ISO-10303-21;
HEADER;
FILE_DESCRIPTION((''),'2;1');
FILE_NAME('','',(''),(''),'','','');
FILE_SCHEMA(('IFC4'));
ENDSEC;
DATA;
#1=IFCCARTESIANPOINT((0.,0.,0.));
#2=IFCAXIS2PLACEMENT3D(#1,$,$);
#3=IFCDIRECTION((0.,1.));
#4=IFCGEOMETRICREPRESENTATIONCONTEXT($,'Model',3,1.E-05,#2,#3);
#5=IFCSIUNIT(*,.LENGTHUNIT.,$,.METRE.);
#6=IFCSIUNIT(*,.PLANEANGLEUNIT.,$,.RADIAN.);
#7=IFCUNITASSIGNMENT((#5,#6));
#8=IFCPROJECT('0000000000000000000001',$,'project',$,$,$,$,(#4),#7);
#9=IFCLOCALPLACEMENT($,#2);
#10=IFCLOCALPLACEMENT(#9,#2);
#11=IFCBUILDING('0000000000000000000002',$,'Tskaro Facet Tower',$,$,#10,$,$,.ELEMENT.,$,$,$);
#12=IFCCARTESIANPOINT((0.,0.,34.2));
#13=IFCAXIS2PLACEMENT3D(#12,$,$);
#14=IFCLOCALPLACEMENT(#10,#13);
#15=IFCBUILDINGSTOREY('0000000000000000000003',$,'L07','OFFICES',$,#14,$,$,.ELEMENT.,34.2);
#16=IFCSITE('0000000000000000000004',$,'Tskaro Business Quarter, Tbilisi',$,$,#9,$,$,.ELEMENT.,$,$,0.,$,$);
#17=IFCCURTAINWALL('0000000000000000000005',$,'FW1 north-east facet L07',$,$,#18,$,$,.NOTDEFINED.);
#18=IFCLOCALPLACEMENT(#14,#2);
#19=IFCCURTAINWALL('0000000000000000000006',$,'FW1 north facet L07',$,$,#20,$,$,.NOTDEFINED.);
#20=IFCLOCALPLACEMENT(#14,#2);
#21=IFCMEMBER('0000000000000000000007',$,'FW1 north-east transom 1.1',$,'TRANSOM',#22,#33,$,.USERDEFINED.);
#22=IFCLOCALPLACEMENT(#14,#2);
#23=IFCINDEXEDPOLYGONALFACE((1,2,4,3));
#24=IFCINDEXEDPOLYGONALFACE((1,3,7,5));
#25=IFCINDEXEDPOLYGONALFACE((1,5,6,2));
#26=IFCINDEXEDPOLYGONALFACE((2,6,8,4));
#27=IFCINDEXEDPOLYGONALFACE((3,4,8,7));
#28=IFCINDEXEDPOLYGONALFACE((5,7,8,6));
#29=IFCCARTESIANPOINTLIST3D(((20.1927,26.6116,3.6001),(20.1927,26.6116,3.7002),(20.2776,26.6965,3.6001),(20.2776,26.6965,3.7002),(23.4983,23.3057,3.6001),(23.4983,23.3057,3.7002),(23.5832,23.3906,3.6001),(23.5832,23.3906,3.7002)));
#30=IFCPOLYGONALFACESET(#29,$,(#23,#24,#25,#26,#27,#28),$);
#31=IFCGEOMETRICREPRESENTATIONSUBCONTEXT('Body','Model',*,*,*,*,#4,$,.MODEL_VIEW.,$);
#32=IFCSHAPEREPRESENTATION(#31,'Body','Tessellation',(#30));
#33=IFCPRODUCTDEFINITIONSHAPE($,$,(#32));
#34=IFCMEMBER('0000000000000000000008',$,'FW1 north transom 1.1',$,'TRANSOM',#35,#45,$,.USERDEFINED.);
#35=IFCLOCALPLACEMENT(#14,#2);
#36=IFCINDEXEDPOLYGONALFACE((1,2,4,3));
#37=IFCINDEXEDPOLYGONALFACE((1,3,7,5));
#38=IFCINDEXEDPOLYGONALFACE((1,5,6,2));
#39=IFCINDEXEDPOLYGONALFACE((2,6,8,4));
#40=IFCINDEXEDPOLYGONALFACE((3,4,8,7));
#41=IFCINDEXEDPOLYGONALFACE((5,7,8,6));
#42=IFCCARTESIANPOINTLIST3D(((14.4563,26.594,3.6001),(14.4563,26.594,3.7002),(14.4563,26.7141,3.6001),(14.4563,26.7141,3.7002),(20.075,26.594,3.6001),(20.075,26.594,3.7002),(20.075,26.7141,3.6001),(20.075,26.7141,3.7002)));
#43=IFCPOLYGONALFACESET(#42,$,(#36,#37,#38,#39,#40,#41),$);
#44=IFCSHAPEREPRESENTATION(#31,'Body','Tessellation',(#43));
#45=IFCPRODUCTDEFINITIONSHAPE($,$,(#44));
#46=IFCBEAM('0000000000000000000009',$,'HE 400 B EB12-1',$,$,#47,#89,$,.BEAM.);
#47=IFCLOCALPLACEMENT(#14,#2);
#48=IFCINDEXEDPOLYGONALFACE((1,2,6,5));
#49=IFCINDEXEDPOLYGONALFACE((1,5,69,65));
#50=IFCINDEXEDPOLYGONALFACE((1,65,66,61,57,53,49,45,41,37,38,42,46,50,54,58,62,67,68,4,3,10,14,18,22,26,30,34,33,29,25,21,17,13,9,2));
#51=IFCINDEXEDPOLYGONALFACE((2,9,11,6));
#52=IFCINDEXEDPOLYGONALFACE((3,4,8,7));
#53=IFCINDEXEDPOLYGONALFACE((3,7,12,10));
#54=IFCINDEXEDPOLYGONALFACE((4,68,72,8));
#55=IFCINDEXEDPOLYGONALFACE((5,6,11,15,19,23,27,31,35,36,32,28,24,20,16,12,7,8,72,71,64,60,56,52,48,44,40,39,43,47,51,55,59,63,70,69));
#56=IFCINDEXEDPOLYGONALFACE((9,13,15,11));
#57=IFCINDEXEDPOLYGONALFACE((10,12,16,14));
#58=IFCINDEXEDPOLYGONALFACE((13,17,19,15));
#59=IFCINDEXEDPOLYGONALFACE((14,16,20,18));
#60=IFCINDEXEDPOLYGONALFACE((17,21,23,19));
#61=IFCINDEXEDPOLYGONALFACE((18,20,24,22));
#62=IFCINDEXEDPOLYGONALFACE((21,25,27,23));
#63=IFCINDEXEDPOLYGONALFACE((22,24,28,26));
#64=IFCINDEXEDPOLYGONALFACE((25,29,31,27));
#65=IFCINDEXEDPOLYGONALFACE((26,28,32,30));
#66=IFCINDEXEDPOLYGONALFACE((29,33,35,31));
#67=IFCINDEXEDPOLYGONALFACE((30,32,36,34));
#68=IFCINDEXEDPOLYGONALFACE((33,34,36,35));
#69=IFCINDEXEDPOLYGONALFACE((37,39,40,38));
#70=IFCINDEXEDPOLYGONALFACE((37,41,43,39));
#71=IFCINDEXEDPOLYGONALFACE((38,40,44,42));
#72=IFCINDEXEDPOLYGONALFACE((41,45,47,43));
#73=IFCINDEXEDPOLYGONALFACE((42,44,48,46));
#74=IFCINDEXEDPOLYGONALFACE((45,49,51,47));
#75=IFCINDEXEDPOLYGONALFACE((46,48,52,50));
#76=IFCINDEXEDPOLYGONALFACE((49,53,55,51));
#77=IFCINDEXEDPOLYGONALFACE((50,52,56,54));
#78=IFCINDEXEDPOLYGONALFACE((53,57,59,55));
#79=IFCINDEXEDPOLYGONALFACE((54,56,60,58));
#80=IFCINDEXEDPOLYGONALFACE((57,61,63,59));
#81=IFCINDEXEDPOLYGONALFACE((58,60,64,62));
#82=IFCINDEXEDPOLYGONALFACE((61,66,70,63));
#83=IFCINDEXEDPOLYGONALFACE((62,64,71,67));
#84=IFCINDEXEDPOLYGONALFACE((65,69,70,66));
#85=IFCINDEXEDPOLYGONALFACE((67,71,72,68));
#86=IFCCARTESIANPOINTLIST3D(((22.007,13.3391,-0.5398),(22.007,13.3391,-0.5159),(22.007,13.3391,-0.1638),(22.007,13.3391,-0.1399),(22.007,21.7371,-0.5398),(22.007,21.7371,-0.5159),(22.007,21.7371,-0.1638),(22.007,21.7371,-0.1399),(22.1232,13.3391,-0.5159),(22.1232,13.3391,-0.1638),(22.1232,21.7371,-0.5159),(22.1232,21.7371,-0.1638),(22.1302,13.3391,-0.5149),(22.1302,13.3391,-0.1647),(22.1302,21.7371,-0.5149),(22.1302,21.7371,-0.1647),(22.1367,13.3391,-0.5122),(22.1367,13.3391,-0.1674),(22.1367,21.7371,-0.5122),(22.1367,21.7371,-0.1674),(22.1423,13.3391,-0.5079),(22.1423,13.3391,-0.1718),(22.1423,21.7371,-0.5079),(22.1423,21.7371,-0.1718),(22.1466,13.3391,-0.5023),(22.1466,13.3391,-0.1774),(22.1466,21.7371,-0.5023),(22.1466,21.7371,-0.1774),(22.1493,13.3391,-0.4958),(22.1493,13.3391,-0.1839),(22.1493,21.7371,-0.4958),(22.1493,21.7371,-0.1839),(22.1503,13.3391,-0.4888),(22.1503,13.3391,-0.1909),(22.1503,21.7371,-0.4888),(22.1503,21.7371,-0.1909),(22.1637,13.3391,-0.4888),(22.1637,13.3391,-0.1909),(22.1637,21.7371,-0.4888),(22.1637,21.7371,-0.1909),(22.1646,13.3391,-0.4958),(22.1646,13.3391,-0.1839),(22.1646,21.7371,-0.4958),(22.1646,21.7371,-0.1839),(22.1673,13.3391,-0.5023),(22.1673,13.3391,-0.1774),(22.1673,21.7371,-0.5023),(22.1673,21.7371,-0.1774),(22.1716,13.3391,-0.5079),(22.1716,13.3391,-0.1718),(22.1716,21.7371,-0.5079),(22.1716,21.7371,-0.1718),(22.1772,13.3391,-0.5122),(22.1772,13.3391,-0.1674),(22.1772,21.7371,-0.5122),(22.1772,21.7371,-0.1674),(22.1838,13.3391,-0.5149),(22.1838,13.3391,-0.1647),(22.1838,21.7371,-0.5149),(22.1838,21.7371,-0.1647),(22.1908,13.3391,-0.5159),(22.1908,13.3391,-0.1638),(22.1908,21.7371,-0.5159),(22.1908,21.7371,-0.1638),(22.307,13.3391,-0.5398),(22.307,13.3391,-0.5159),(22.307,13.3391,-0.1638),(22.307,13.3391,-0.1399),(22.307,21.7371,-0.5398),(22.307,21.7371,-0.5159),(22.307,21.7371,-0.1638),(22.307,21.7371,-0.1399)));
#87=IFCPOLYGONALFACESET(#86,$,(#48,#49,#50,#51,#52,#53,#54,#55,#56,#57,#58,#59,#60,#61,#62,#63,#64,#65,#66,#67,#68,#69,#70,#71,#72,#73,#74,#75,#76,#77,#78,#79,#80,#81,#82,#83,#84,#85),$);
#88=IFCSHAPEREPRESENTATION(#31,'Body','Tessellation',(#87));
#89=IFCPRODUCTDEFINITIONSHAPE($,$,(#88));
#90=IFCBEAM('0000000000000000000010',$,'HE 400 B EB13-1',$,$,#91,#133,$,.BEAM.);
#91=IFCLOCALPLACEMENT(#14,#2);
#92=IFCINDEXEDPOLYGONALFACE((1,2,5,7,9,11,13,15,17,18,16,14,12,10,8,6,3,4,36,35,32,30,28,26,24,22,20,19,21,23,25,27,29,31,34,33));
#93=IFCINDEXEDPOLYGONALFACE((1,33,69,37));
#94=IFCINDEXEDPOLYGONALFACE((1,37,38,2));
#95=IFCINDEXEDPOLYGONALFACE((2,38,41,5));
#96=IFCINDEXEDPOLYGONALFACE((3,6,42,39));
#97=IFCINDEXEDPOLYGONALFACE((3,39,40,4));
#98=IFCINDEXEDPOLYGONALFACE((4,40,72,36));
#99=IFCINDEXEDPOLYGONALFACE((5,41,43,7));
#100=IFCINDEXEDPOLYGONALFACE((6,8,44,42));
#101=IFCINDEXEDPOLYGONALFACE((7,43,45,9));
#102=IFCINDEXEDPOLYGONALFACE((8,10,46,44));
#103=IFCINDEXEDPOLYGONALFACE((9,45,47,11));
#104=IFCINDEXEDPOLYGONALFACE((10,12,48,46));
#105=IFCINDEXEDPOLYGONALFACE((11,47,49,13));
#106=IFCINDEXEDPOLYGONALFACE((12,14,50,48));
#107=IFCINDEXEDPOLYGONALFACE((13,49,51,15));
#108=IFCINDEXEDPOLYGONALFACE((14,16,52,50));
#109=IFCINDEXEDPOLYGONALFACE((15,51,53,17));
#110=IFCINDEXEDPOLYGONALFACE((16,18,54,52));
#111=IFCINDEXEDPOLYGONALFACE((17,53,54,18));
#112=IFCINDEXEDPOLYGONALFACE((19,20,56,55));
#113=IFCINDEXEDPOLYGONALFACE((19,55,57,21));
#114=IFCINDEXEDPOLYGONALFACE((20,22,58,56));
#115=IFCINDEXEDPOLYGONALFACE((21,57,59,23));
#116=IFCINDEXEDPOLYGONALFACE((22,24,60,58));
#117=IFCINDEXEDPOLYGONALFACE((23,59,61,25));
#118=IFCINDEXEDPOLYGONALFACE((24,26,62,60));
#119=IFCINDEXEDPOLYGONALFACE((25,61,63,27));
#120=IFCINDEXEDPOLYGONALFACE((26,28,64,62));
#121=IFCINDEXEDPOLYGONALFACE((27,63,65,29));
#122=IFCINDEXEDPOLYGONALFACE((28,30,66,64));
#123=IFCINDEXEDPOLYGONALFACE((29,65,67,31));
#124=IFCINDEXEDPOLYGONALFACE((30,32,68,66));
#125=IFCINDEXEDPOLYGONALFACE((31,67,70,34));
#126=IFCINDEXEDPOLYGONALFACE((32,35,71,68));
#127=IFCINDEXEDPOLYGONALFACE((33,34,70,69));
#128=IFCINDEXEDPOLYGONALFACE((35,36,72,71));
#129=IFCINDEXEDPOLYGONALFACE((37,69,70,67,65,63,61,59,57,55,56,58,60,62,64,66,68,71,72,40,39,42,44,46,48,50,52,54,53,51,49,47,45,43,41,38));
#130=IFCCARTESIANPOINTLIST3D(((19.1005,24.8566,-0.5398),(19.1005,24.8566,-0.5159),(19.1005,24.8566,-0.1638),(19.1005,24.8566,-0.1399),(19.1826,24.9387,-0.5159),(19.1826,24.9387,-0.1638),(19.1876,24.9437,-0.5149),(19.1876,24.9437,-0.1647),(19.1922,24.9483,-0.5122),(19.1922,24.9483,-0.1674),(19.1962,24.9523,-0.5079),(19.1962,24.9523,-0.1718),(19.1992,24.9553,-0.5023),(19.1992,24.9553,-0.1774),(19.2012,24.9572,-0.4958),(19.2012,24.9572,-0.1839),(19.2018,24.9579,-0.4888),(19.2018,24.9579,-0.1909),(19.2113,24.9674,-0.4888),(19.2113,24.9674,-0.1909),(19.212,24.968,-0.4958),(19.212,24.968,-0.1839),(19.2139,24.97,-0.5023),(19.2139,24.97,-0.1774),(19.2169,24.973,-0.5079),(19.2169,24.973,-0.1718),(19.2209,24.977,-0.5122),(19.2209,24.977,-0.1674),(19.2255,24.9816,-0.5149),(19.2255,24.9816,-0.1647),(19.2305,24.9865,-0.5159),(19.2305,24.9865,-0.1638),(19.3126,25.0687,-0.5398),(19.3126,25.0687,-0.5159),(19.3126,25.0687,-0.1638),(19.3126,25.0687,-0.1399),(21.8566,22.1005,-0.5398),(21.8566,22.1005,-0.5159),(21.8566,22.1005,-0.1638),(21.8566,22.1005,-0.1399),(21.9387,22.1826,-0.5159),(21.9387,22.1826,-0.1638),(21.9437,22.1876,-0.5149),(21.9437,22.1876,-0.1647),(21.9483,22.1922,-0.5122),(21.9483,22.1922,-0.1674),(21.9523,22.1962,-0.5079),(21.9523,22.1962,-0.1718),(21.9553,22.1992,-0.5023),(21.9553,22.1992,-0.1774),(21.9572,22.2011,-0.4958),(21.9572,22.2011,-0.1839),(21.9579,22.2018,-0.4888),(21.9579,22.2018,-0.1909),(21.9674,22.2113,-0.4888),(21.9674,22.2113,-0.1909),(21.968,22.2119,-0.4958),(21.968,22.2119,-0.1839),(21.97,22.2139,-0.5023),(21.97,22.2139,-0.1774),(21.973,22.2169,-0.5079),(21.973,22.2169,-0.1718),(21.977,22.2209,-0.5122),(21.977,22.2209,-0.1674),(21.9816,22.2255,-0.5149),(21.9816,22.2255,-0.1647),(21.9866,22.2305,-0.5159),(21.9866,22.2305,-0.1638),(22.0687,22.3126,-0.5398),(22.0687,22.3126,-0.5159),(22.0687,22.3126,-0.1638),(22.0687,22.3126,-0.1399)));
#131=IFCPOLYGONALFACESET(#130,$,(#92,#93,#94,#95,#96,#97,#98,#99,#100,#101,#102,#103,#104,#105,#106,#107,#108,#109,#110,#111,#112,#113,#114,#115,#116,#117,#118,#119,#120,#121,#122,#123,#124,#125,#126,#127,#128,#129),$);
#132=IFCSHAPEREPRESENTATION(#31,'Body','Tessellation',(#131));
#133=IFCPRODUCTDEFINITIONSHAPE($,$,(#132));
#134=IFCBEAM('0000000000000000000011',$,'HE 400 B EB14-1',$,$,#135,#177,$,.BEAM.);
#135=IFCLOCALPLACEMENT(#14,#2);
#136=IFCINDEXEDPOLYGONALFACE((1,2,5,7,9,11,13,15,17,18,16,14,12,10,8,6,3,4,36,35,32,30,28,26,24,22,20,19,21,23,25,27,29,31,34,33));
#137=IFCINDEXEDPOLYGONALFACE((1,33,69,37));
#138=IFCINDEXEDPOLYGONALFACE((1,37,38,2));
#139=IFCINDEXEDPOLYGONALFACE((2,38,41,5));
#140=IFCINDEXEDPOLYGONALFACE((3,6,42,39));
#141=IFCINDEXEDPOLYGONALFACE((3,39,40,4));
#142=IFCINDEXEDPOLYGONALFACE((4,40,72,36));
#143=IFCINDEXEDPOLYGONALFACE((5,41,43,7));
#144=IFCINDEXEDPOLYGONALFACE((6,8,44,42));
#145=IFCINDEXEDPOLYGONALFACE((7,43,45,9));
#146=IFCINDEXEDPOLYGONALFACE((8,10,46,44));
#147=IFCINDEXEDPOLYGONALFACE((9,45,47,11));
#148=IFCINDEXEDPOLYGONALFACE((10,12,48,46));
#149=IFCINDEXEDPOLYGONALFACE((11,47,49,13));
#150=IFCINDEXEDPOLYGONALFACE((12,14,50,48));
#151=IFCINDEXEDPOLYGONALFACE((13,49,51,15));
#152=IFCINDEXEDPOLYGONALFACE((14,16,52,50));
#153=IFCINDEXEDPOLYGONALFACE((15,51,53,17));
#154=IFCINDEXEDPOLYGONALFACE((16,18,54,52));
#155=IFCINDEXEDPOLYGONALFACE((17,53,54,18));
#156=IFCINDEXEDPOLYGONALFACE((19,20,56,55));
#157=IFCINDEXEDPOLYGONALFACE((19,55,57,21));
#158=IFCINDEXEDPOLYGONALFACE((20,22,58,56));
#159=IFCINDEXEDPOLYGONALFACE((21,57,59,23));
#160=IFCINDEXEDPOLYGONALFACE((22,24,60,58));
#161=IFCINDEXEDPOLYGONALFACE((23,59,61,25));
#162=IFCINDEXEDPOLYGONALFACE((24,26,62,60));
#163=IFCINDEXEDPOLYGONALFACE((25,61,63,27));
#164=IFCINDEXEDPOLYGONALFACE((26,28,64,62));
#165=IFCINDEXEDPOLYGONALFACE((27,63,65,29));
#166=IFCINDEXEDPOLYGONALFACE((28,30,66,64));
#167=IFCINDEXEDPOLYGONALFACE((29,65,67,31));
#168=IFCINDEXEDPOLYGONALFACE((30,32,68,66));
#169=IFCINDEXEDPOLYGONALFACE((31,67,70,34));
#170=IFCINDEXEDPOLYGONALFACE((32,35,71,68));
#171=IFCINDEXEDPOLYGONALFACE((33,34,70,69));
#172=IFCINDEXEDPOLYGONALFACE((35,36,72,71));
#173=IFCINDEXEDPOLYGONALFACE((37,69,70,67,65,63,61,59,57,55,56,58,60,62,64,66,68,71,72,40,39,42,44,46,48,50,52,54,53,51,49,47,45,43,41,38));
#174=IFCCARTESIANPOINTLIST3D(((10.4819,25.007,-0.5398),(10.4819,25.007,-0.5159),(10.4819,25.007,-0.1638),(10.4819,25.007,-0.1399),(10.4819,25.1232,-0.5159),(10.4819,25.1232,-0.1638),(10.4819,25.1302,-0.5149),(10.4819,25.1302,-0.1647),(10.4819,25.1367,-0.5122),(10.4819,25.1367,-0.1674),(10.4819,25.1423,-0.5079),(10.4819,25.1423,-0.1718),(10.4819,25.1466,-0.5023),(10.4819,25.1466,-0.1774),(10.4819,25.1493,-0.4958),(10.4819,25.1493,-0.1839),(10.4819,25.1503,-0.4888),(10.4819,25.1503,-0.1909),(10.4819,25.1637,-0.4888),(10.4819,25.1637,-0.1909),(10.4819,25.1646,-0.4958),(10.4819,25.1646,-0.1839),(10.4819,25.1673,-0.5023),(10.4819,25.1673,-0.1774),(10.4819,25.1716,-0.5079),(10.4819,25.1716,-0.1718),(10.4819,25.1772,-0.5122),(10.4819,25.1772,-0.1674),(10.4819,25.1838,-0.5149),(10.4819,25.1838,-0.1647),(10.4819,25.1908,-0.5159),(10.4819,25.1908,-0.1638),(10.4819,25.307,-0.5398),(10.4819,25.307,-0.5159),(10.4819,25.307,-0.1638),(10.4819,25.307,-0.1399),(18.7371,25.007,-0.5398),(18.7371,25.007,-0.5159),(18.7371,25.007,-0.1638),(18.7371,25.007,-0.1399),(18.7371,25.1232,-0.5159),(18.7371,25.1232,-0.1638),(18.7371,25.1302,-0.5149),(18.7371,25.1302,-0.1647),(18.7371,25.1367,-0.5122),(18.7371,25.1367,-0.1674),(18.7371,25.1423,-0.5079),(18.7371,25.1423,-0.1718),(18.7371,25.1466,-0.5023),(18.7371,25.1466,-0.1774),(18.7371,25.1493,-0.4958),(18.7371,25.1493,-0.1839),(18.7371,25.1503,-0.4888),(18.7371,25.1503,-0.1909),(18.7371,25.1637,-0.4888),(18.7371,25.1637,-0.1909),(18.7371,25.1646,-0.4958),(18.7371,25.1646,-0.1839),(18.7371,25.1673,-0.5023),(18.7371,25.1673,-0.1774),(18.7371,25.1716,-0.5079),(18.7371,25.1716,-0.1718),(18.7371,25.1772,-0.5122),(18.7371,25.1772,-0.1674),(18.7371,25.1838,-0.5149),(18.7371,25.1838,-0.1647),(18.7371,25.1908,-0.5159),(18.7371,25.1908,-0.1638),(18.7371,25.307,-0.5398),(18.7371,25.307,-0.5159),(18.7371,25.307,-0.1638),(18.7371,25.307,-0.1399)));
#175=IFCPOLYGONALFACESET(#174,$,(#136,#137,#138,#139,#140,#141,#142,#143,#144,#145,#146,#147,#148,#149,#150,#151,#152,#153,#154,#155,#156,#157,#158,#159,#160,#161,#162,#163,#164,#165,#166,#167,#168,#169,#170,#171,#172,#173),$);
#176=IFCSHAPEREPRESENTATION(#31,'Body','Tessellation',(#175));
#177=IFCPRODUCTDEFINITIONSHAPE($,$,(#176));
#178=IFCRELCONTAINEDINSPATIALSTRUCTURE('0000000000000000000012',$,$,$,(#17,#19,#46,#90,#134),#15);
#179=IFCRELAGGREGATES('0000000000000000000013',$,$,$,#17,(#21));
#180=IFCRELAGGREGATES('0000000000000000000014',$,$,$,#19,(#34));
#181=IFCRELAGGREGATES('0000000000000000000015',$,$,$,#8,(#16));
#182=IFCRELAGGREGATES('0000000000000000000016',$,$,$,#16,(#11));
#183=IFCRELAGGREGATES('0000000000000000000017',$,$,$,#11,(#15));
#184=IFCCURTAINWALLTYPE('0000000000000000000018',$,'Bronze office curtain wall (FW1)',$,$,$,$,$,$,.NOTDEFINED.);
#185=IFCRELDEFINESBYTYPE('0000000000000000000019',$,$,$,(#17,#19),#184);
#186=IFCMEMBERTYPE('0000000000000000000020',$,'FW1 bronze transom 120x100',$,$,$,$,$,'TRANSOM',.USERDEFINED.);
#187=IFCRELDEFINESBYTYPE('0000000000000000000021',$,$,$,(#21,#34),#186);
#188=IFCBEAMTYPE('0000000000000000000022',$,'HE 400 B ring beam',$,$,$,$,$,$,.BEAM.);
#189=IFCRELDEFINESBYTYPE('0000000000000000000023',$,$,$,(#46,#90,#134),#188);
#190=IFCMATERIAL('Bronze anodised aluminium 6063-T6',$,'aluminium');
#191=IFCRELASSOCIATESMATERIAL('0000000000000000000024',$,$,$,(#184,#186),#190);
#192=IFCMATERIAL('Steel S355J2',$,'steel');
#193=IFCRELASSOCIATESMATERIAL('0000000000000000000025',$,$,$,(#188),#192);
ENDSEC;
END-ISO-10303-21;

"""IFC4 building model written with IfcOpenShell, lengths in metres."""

from ifc_helpers import new_model, si_unit, direction, frame, origin, origin_2d, place, context, subcontext, project, spatial, rectangle, i_section, extrude, material, material_profile, profile_set, type_object, element, aggregate, save


model = new_model("IFC4")

# Units and contexts
model_context = context("Model", 3, precision=1e-05, world=origin(), true_north=direction((0.0, 1.0)))
body_context = subcontext(model_context, "Body", "Model", "MODEL_VIEW")
ifc_project = project(units=[si_unit("LENGTHUNIT", "METRE"), si_unit("PLANEANGLEUNIT", "RADIAN")], contexts=[model_context])

# Site, building, storey
site_placement = place(None, origin())
site = spatial("IfcSite", under=ifc_project, at=site_placement, Name="Tskaro Business Quarter, Tbilisi", CompositionType="ELEMENT", RefElevation=0.0)
building_placement = place(site_placement, origin())
building = spatial("IfcBuilding", under=site, at=building_placement, Name="Tskaro Facet Tower", CompositionType="ELEMENT")
storey_placement = place(building_placement, frame((0.0, 0.0, 34.2)))
storey = spatial("IfcBuildingStorey", under=building, at=storey_placement, Name="L07", Description="OFFICES", CompositionType="ELEMENT", Elevation=34.2)

# Curtain walls
ifc_material_1 = material(Name="Bronze anodised aluminium 6063-T6", Category="aluminium")
curtain_wall_type = type_object("IfcCurtainWallType", Name="Bronze office curtain wall (FW1)", PredefinedType="NOTDEFINED", material=ifc_material_1)
curtain_wall_1_placement = place(storey_placement, origin())
curtain_wall_1 = element("IfcCurtainWall", 1, at=curtain_wall_1_placement, inside=storey, type_object=curtain_wall_type, Name="FW1 north-east facet L07", PredefinedType="NOTDEFINED")
curtain_wall_2_placement = place(storey_placement, origin())
curtain_wall_2 = element("IfcCurtainWall", 2, at=curtain_wall_2_placement, inside=storey, type_object=curtain_wall_type, Name="FW1 north facet L07", PredefinedType="NOTDEFINED")

# Shared definitions
ifc_material_profile_1 = material_profile(ifc_material_1, rectangle(XDim=0.1201, YDim=0.1001, at=origin_2d()), Name="Transom 120x100")
ifc_profile_set_1 = profile_set([ifc_material_profile_1], Name="Bronze anodised aluminium 6063-T6")
member_type_1 = type_object("IfcMemberType", Name="FW1 bronze transom 120x100", ElementType="TRANSOM", PredefinedType="USERDEFINED", material=ifc_profile_set_1)

# Members
member_1_placement = place(storey_placement, frame((23.5408, 23.3481, 3.6501), z_axis=(-0.707081, 0.707133, 0.0), x_axis=(-0.707133, -0.707081, 0.0)))
member_1 = element("IfcMember", 3, at=member_1_placement, type_object=member_type_1, Name="FW1 north-east transom 1.1", ObjectType="TRANSOM", PredefinedType="USERDEFINED", context=body_context, shape_type="SweptSolid", body=[
    extrude(rectangle(XDim=0.1201, YDim=0.1001, at=origin_2d()), origin(), (0.0, 0.0, 1.0), 4.675),
])
member_2_placement = place(storey_placement, frame((20.075, 26.6541, 3.6501), z_axis=(-1.0, 0.0, 0.0), x_axis=(0.0, -1.0, 0.0)))
member_2 = element("IfcMember", 4, at=member_2_placement, type_object=member_type_1, Name="FW1 north transom 1.1", ObjectType="TRANSOM", PredefinedType="USERDEFINED", context=body_context, shape_type="SweptSolid", body=[
    extrude(rectangle(XDim=0.1201, YDim=0.1001, at=origin_2d()), origin(), (0.0, 0.0, 1.0), 5.6187),
])

# Beams
ifc_material_2 = material(Name="Steel S355J2", Category="steel")
ifc_material_profile_2 = material_profile(ifc_material_2, i_section(OverallWidth=0.3, OverallDepth=0.3999, WebThickness=0.0134, FlangeThickness=0.0239, FilletRadius=0.0271, at=origin_2d()), Name="HE 400 B")
ifc_profile_set_2 = profile_set([ifc_material_profile_2], Name="Steel S355J2")
beam_type_1 = type_object("IfcBeamType", Name="HE 400 B ring beam", PredefinedType="BEAM", material=ifc_profile_set_2)
beam_1_placement = place(storey_placement, frame((22.157, 13.3391, -0.3398), z_axis=(0.0, 1.0, 0.0), x_axis=(-1.0, 0.0, 0.0)))
element("IfcBeam", 5, at=beam_1_placement, inside=storey, type_object=beam_type_1, Name="HE 400 B EB12-1", PredefinedType="BEAM", context=body_context, shape_type="SweptSolid", body=[
    extrude(i_section(OverallWidth=0.3, OverallDepth=0.3999, WebThickness=0.0134, FlangeThickness=0.0239, FilletRadius=0.0271, at=origin_2d()), origin(), (0.0, 0.0, 1.0), 8.3979),
])
beam_2_placement = place(storey_placement, frame((21.9626, 22.2065, -0.3398), z_axis=(-0.707107, 0.707107, 0.0), x_axis=(-0.707107, -0.707107, 0.0)))
element("IfcBeam", 6, at=beam_2_placement, inside=storey, type_object=beam_type_1, Name="HE 400 B EB13-1", PredefinedType="BEAM", context=body_context, shape_type="SweptSolid", body=[
    extrude(i_section(OverallWidth=0.3, OverallDepth=0.3999, WebThickness=0.0134, FlangeThickness=0.0239, FilletRadius=0.0271, at=origin_2d()), origin(), (0.0, 0.0, 1.0), 3.8977),
])
beam_3_placement = place(storey_placement, frame((18.7371, 25.157, -0.3398), z_axis=(-1.0, 0.0, 0.0), x_axis=(0.0, -1.0, 0.0)))
element("IfcBeam", 7, at=beam_3_placement, inside=storey, type_object=beam_type_1, Name="HE 400 B EB14-1", PredefinedType="BEAM", context=body_context, shape_type="SweptSolid", body=[
    extrude(i_section(OverallWidth=0.3, OverallDepth=0.3999, WebThickness=0.0134, FlangeThickness=0.0239, FilletRadius=0.0271, at=origin_2d()), origin(), (0.0, 0.0, 1.0), 8.2551),
])

aggregate(curtain_wall_1, [member_1])
aggregate(curtain_wall_2, [member_2])

save(model, "model.ifc")
